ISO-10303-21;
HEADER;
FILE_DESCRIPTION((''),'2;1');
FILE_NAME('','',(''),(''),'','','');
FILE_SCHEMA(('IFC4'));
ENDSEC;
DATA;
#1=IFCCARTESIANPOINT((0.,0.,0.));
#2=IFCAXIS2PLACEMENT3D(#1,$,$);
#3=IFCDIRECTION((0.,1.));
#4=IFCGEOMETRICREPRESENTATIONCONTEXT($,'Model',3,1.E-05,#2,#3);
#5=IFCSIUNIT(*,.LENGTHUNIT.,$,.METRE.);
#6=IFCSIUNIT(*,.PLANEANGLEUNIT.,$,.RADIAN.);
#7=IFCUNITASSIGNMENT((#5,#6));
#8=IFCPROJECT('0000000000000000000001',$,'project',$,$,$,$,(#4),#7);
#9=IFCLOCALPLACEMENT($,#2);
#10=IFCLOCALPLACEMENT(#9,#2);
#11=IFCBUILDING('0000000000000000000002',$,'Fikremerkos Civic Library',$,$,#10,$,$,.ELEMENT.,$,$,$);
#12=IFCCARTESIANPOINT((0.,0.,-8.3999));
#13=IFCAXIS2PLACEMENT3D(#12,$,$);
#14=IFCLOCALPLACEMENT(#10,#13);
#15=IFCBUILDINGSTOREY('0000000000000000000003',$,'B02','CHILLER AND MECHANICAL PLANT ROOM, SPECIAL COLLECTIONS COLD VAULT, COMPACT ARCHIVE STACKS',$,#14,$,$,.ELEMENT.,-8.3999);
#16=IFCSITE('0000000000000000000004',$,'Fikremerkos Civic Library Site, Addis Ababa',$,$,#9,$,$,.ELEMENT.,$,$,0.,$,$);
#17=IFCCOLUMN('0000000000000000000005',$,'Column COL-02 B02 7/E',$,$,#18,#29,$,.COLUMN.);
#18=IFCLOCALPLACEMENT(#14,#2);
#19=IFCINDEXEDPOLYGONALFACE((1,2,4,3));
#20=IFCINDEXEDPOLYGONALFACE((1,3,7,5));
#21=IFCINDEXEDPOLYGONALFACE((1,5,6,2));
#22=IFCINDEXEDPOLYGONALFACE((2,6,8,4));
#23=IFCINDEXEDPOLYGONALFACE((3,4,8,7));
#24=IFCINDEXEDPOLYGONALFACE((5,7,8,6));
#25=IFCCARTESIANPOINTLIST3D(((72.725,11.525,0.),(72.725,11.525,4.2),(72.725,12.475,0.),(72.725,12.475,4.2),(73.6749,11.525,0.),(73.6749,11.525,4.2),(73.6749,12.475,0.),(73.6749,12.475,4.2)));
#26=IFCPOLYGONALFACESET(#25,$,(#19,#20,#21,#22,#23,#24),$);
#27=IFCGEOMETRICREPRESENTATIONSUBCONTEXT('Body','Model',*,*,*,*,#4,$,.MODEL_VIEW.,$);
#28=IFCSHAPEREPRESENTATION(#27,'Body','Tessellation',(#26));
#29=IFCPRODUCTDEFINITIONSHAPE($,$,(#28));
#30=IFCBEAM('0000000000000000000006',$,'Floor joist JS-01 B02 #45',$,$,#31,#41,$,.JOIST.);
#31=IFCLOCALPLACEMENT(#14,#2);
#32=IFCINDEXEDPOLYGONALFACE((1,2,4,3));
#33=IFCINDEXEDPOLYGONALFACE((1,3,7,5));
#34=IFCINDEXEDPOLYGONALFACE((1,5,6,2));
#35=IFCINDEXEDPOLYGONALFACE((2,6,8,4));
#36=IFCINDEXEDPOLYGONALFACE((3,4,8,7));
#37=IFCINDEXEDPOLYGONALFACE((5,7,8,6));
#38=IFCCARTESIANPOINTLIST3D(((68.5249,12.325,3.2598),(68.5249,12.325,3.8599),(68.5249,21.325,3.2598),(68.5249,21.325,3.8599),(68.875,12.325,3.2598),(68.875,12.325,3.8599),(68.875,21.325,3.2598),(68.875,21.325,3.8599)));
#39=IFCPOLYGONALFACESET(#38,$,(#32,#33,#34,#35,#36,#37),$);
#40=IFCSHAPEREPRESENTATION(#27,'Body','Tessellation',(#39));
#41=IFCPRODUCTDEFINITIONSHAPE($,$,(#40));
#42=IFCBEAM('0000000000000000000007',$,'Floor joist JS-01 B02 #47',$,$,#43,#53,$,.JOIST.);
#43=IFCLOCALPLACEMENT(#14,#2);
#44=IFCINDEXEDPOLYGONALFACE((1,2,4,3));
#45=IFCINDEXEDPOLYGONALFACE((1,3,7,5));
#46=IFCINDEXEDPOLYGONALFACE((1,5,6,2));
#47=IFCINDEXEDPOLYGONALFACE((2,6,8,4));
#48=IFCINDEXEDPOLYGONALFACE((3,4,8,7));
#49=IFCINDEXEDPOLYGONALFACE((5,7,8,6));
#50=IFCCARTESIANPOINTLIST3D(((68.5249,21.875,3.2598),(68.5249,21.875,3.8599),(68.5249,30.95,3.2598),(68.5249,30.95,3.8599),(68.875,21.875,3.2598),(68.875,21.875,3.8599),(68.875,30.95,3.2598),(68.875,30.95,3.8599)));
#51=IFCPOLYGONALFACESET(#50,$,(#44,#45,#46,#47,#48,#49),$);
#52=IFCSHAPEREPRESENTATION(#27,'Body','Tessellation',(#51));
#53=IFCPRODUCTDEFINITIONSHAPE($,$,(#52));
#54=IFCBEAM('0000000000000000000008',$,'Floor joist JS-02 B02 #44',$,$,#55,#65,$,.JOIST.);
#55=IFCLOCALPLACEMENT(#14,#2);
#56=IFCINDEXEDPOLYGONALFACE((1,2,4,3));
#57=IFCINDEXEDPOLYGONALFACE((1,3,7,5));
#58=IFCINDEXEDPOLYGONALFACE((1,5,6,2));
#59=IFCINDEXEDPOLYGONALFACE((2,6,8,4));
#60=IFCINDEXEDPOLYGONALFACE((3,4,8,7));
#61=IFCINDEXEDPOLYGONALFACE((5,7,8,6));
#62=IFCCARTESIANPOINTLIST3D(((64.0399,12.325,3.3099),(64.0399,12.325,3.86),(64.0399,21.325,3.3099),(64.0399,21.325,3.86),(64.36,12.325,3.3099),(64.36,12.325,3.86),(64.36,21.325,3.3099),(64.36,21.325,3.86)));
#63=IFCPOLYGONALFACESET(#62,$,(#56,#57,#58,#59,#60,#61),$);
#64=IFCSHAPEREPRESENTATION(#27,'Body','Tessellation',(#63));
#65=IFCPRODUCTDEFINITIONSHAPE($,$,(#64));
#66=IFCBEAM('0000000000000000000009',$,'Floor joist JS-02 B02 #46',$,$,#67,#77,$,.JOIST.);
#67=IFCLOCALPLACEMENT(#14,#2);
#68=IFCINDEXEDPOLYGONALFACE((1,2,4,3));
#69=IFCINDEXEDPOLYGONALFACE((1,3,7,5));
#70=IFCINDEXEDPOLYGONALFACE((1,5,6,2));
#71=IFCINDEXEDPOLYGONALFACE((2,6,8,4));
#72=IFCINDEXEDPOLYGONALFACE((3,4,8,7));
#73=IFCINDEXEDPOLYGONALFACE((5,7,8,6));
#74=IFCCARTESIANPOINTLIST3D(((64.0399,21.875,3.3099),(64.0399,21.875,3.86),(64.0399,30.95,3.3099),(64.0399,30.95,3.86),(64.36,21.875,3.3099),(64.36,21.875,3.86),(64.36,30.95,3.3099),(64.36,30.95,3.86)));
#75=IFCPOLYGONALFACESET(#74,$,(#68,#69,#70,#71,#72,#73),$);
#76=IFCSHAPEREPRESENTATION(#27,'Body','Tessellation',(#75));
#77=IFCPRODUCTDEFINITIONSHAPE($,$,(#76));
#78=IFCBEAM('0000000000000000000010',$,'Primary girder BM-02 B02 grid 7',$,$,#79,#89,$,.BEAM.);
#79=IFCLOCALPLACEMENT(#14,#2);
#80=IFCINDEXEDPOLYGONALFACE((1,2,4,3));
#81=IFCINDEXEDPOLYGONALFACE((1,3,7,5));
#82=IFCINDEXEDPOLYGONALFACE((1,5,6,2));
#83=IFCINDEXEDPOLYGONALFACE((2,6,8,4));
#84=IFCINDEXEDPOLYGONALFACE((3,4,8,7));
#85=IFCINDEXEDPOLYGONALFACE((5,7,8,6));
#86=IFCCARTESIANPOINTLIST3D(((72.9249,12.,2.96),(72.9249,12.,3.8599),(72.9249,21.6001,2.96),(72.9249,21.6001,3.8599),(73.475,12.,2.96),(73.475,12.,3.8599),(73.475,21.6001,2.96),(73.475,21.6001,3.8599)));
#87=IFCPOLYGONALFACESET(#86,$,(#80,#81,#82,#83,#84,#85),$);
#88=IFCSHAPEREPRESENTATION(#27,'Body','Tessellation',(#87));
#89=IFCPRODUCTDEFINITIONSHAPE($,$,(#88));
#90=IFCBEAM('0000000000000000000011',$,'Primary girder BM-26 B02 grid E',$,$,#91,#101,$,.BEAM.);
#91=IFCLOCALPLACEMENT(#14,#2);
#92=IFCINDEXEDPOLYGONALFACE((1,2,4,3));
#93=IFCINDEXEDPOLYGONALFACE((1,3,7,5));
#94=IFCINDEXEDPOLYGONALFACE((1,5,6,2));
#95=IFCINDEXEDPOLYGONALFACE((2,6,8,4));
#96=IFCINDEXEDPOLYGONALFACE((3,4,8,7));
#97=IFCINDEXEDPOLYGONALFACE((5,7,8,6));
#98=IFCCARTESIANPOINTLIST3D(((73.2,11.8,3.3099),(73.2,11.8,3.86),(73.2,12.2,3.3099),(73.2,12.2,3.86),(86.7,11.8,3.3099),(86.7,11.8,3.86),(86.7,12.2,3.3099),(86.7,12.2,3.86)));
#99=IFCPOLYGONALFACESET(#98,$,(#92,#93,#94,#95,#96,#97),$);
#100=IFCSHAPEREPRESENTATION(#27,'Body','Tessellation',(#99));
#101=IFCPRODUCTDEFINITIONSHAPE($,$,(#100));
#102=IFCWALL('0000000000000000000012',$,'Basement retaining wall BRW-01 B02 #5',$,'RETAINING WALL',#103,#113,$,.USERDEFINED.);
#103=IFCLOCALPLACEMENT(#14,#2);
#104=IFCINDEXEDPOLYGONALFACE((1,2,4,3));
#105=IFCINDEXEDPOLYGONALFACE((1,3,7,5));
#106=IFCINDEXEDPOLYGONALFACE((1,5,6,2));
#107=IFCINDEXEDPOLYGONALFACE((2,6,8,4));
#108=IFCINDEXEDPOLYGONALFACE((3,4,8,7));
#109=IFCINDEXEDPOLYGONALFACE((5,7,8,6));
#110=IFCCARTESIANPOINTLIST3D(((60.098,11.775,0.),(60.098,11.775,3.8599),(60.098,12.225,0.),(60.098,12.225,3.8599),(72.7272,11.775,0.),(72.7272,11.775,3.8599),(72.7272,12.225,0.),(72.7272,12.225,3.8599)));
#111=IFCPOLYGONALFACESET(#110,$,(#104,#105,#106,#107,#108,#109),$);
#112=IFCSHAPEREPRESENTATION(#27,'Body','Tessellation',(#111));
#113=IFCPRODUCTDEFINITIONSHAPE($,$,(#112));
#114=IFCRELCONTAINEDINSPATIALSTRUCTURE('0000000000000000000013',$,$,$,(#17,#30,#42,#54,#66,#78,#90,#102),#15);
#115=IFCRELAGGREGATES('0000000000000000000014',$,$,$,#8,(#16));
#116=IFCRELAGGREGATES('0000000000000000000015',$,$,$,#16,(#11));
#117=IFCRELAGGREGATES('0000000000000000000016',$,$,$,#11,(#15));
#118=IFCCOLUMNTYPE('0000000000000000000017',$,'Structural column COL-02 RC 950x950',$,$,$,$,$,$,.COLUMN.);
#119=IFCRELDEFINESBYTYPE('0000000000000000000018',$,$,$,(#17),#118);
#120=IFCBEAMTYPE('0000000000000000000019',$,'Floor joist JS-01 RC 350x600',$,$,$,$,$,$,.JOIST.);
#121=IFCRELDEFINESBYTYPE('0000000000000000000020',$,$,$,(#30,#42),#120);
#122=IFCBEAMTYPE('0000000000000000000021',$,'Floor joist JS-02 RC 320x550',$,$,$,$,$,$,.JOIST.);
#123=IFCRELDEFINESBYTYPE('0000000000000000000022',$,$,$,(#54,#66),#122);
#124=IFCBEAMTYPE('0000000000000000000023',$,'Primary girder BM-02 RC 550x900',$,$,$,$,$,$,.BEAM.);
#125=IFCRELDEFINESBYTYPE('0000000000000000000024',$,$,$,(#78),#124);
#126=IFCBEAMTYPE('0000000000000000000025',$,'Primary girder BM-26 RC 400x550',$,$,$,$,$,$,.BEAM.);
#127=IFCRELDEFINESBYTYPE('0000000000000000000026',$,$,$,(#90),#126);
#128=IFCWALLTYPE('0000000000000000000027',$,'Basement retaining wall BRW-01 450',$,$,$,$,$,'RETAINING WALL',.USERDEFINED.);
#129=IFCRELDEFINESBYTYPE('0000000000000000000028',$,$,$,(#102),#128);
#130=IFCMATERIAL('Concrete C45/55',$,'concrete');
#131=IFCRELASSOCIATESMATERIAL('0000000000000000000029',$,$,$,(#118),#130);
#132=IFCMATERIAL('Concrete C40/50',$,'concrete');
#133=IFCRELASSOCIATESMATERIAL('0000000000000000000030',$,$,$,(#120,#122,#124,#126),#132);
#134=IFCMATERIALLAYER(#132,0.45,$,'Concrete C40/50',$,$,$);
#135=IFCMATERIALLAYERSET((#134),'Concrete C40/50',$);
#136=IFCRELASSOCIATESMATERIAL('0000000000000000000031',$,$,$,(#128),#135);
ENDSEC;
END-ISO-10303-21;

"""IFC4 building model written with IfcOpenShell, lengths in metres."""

from ifc_helpers import new_model, si_unit, direction, frame, frame_2d, origin, origin_2d, place, context, subcontext, project, spatial, rectangle, extrude, material, layer, layer_set, material_profile, profile_set, type_object, element, save


model = new_model("IFC4")

# Units and contexts
model_context = context("Model", 3, precision=1e-05, world=origin(), true_north=direction((0.0, 1.0)))
body_context = subcontext(model_context, "Body", "Model", "MODEL_VIEW")
ifc_project = project(units=[si_unit("LENGTHUNIT", "METRE"), si_unit("PLANEANGLEUNIT", "RADIAN")], contexts=[model_context])

# Site, building, storey
site_placement = place(None, origin())
site = spatial("IfcSite", under=ifc_project, at=site_placement, Name="Fikremerkos Civic Library Site, Addis Ababa", CompositionType="ELEMENT", RefElevation=0.0)
building_placement = place(site_placement, origin())
building = spatial("IfcBuilding", under=site, at=building_placement, Name="Fikremerkos Civic Library", CompositionType="ELEMENT")
storey_placement = place(building_placement, frame((0.0, 0.0, -8.3999)))
storey = spatial("IfcBuildingStorey", under=building, at=storey_placement, Name="B02", Description="CHILLER AND MECHANICAL PLANT ROOM, SPECIAL COLLECTIONS COLD VAULT, COMPACT ARCHIVE STACKS", CompositionType="ELEMENT", Elevation=-8.3999)

# Shared definitions
ifc_material_1 = material(Name="Concrete C40/50", Category="concrete")

# Column
ifc_material_2 = material(Name="Concrete C45/55", Category="concrete")
ifc_material_profile_1 = material_profile(ifc_material_2, rectangle(XDim=0.95, YDim=0.95, at=origin_2d()), Name="RC 950x950")
ifc_profile_set_1 = profile_set([ifc_material_profile_1], Name="Concrete C45/55")
column_type = type_object("IfcColumnType", Name="Structural column COL-02 RC 950x950", PredefinedType="COLUMN", material=ifc_profile_set_1)
column_placement = place(storey_placement, frame((73.2, 12.0, 0.0), z_axis=(0.0, 0.0, 1.0), x_axis=(1.0, 0.0, 0.0)))
element("IfcColumn", 1, at=column_placement, inside=storey, type_object=column_type, Name="Column COL-02 B02 7/E", PredefinedType="COLUMN", context=body_context, shape_type="SweptSolid", body=[
    extrude(rectangle(XDim=0.95, YDim=0.95, at=origin_2d()), origin(), (0.0, 0.0, 1.0), 4.2),
])

# Beams
ifc_material_profile_2 = material_profile(ifc_material_1, rectangle(XDim=0.3501, YDim=0.6001, at=origin_2d()), Name="RC 350x600")
ifc_profile_set_2 = profile_set([ifc_material_profile_2], Name="Concrete C40/50")
beam_type_1 = type_object("IfcBeamType", Name="Floor joist JS-01 RC 350x600", PredefinedType="JOIST", material=ifc_profile_set_2)
beam_1_placement = place(storey_placement, frame((68.7, 12.325, 3.5598), z_axis=(0.0, 1.0, 0.0), x_axis=(-1.0, 0.0, 0.0)))
element("IfcBeam", 2, at=beam_1_placement, inside=storey, type_object=beam_type_1, Name="Floor joist JS-01 B02 #45", PredefinedType="JOIST", context=body_context, shape_type="SweptSolid", body=[
    extrude(rectangle(XDim=0.3501, YDim=0.6001, at=origin_2d()), origin(), (0.0, 0.0, 1.0), 9.0),
])
beam_2_placement = place(storey_placement, frame((68.7, 21.875, 3.5598), z_axis=(0.0, 1.0, 0.0), x_axis=(-1.0, 0.0, 0.0)))
element("IfcBeam", 3, at=beam_2_placement, inside=storey, type_object=beam_type_1, Name="Floor joist JS-01 B02 #47", PredefinedType="JOIST", context=body_context, shape_type="SweptSolid", body=[
    extrude(rectangle(XDim=0.3501, YDim=0.6001, at=origin_2d()), origin(), (0.0, 0.0, 1.0), 9.075),
])
ifc_material_profile_3 = material_profile(ifc_material_1, rectangle(XDim=0.3201, YDim=0.55, at=origin_2d()), Name="RC 320x550")
ifc_profile_set_3 = profile_set([ifc_material_profile_3], Name="Concrete C40/50")
beam_type_2 = type_object("IfcBeamType", Name="Floor joist JS-02 RC 320x550", PredefinedType="JOIST", material=ifc_profile_set_3)
beam_3_placement = place(storey_placement, frame((64.2, 12.325, 3.585), z_axis=(0.0, 1.0, 0.0), x_axis=(-1.0, 0.0, 0.0)))
element("IfcBeam", 4, at=beam_3_placement, inside=storey, type_object=beam_type_2, Name="Floor joist JS-02 B02 #44", PredefinedType="JOIST", context=body_context, shape_type="SweptSolid", body=[
    extrude(rectangle(XDim=0.3201, YDim=0.55, at=origin_2d()), origin(), (0.0, 0.0, 1.0), 9.0),
])
beam_4_placement = place(storey_placement, frame((64.2, 21.875, 3.585), z_axis=(0.0, 1.0, 0.0), x_axis=(-1.0, 0.0, 0.0)))
element("IfcBeam", 5, at=beam_4_placement, inside=storey, type_object=beam_type_2, Name="Floor joist JS-02 B02 #46", PredefinedType="JOIST", context=body_context, shape_type="SweptSolid", body=[
    extrude(rectangle(XDim=0.3201, YDim=0.55, at=origin_2d()), origin(), (0.0, 0.0, 1.0), 9.075),
])
ifc_material_profile_4 = material_profile(ifc_material_1, rectangle(XDim=0.55, YDim=0.8999, at=origin_2d()), Name="RC 550x900")
ifc_profile_set_4 = profile_set([ifc_material_profile_4], Name="Concrete C40/50")
beam_type_3 = type_object("IfcBeamType", Name="Primary girder BM-02 RC 550x900", PredefinedType="BEAM", material=ifc_profile_set_4)
beam_5_placement = place(storey_placement, frame((73.2, 12.0, 3.4099), z_axis=(0.0, 1.0, 0.0), x_axis=(-1.0, 0.0, 0.0)))
element("IfcBeam", 6, at=beam_5_placement, inside=storey, type_object=beam_type_3, Name="Primary girder BM-02 B02 grid 7", PredefinedType="BEAM", context=body_context, shape_type="SweptSolid", body=[
    extrude(rectangle(XDim=0.55, YDim=0.8999, at=origin_2d()), origin(), (0.0, 0.0, 1.0), 9.6001),
])
ifc_material_profile_5 = material_profile(ifc_material_1, rectangle(XDim=0.3999, YDim=0.55, at=origin_2d()), Name="RC 400x550")
ifc_profile_set_5 = profile_set([ifc_material_profile_5], Name="Concrete C40/50")
beam_type_4 = type_object("IfcBeamType", Name="Primary girder BM-26 RC 400x550", PredefinedType="BEAM", material=ifc_profile_set_5)
beam_6_placement = place(storey_placement, frame((73.2, 12.0, 3.585), z_axis=(1.0, 0.0, 0.0), x_axis=(0.0, 1.0, 0.0)))
element("IfcBeam", 7, at=beam_6_placement, inside=storey, type_object=beam_type_4, Name="Primary girder BM-26 B02 grid E", PredefinedType="BEAM", context=body_context, shape_type="SweptSolid", body=[
    extrude(rectangle(XDim=0.3999, YDim=0.55, at=origin_2d()), origin(), (0.0, 0.0, 1.0), 13.5),
])

# Wall
ifc_layer = layer(ifc_material_1, 0.45, Name="Concrete C40/50")
ifc_layer_set = layer_set([ifc_layer], Name="Concrete C40/50")
wall_type = type_object("IfcWallType", Name="Basement retaining wall BRW-01 450", ElementType="RETAINING WALL", PredefinedType="USERDEFINED", material=ifc_layer_set)
wall_placement = place(storey_placement, frame((72.7271, 12.0, 0.0), z_axis=(0.0, 0.0, 1.0), x_axis=(-1.0, 0.0, 0.0)))
element("IfcWall", 8, at=wall_placement, inside=storey, type_object=wall_type, Name="Basement retaining wall BRW-01 B02 #5", ObjectType="RETAINING WALL", PredefinedType="USERDEFINED", context=body_context, shape_type="SweptSolid", body=[
    extrude(rectangle(XDim=12.6292, YDim=0.45, at=frame_2d((6.3145, 0.0))), origin(), (0.0, 0.0, 1.0), 3.8599),
])

save(model, "model.ifc")
